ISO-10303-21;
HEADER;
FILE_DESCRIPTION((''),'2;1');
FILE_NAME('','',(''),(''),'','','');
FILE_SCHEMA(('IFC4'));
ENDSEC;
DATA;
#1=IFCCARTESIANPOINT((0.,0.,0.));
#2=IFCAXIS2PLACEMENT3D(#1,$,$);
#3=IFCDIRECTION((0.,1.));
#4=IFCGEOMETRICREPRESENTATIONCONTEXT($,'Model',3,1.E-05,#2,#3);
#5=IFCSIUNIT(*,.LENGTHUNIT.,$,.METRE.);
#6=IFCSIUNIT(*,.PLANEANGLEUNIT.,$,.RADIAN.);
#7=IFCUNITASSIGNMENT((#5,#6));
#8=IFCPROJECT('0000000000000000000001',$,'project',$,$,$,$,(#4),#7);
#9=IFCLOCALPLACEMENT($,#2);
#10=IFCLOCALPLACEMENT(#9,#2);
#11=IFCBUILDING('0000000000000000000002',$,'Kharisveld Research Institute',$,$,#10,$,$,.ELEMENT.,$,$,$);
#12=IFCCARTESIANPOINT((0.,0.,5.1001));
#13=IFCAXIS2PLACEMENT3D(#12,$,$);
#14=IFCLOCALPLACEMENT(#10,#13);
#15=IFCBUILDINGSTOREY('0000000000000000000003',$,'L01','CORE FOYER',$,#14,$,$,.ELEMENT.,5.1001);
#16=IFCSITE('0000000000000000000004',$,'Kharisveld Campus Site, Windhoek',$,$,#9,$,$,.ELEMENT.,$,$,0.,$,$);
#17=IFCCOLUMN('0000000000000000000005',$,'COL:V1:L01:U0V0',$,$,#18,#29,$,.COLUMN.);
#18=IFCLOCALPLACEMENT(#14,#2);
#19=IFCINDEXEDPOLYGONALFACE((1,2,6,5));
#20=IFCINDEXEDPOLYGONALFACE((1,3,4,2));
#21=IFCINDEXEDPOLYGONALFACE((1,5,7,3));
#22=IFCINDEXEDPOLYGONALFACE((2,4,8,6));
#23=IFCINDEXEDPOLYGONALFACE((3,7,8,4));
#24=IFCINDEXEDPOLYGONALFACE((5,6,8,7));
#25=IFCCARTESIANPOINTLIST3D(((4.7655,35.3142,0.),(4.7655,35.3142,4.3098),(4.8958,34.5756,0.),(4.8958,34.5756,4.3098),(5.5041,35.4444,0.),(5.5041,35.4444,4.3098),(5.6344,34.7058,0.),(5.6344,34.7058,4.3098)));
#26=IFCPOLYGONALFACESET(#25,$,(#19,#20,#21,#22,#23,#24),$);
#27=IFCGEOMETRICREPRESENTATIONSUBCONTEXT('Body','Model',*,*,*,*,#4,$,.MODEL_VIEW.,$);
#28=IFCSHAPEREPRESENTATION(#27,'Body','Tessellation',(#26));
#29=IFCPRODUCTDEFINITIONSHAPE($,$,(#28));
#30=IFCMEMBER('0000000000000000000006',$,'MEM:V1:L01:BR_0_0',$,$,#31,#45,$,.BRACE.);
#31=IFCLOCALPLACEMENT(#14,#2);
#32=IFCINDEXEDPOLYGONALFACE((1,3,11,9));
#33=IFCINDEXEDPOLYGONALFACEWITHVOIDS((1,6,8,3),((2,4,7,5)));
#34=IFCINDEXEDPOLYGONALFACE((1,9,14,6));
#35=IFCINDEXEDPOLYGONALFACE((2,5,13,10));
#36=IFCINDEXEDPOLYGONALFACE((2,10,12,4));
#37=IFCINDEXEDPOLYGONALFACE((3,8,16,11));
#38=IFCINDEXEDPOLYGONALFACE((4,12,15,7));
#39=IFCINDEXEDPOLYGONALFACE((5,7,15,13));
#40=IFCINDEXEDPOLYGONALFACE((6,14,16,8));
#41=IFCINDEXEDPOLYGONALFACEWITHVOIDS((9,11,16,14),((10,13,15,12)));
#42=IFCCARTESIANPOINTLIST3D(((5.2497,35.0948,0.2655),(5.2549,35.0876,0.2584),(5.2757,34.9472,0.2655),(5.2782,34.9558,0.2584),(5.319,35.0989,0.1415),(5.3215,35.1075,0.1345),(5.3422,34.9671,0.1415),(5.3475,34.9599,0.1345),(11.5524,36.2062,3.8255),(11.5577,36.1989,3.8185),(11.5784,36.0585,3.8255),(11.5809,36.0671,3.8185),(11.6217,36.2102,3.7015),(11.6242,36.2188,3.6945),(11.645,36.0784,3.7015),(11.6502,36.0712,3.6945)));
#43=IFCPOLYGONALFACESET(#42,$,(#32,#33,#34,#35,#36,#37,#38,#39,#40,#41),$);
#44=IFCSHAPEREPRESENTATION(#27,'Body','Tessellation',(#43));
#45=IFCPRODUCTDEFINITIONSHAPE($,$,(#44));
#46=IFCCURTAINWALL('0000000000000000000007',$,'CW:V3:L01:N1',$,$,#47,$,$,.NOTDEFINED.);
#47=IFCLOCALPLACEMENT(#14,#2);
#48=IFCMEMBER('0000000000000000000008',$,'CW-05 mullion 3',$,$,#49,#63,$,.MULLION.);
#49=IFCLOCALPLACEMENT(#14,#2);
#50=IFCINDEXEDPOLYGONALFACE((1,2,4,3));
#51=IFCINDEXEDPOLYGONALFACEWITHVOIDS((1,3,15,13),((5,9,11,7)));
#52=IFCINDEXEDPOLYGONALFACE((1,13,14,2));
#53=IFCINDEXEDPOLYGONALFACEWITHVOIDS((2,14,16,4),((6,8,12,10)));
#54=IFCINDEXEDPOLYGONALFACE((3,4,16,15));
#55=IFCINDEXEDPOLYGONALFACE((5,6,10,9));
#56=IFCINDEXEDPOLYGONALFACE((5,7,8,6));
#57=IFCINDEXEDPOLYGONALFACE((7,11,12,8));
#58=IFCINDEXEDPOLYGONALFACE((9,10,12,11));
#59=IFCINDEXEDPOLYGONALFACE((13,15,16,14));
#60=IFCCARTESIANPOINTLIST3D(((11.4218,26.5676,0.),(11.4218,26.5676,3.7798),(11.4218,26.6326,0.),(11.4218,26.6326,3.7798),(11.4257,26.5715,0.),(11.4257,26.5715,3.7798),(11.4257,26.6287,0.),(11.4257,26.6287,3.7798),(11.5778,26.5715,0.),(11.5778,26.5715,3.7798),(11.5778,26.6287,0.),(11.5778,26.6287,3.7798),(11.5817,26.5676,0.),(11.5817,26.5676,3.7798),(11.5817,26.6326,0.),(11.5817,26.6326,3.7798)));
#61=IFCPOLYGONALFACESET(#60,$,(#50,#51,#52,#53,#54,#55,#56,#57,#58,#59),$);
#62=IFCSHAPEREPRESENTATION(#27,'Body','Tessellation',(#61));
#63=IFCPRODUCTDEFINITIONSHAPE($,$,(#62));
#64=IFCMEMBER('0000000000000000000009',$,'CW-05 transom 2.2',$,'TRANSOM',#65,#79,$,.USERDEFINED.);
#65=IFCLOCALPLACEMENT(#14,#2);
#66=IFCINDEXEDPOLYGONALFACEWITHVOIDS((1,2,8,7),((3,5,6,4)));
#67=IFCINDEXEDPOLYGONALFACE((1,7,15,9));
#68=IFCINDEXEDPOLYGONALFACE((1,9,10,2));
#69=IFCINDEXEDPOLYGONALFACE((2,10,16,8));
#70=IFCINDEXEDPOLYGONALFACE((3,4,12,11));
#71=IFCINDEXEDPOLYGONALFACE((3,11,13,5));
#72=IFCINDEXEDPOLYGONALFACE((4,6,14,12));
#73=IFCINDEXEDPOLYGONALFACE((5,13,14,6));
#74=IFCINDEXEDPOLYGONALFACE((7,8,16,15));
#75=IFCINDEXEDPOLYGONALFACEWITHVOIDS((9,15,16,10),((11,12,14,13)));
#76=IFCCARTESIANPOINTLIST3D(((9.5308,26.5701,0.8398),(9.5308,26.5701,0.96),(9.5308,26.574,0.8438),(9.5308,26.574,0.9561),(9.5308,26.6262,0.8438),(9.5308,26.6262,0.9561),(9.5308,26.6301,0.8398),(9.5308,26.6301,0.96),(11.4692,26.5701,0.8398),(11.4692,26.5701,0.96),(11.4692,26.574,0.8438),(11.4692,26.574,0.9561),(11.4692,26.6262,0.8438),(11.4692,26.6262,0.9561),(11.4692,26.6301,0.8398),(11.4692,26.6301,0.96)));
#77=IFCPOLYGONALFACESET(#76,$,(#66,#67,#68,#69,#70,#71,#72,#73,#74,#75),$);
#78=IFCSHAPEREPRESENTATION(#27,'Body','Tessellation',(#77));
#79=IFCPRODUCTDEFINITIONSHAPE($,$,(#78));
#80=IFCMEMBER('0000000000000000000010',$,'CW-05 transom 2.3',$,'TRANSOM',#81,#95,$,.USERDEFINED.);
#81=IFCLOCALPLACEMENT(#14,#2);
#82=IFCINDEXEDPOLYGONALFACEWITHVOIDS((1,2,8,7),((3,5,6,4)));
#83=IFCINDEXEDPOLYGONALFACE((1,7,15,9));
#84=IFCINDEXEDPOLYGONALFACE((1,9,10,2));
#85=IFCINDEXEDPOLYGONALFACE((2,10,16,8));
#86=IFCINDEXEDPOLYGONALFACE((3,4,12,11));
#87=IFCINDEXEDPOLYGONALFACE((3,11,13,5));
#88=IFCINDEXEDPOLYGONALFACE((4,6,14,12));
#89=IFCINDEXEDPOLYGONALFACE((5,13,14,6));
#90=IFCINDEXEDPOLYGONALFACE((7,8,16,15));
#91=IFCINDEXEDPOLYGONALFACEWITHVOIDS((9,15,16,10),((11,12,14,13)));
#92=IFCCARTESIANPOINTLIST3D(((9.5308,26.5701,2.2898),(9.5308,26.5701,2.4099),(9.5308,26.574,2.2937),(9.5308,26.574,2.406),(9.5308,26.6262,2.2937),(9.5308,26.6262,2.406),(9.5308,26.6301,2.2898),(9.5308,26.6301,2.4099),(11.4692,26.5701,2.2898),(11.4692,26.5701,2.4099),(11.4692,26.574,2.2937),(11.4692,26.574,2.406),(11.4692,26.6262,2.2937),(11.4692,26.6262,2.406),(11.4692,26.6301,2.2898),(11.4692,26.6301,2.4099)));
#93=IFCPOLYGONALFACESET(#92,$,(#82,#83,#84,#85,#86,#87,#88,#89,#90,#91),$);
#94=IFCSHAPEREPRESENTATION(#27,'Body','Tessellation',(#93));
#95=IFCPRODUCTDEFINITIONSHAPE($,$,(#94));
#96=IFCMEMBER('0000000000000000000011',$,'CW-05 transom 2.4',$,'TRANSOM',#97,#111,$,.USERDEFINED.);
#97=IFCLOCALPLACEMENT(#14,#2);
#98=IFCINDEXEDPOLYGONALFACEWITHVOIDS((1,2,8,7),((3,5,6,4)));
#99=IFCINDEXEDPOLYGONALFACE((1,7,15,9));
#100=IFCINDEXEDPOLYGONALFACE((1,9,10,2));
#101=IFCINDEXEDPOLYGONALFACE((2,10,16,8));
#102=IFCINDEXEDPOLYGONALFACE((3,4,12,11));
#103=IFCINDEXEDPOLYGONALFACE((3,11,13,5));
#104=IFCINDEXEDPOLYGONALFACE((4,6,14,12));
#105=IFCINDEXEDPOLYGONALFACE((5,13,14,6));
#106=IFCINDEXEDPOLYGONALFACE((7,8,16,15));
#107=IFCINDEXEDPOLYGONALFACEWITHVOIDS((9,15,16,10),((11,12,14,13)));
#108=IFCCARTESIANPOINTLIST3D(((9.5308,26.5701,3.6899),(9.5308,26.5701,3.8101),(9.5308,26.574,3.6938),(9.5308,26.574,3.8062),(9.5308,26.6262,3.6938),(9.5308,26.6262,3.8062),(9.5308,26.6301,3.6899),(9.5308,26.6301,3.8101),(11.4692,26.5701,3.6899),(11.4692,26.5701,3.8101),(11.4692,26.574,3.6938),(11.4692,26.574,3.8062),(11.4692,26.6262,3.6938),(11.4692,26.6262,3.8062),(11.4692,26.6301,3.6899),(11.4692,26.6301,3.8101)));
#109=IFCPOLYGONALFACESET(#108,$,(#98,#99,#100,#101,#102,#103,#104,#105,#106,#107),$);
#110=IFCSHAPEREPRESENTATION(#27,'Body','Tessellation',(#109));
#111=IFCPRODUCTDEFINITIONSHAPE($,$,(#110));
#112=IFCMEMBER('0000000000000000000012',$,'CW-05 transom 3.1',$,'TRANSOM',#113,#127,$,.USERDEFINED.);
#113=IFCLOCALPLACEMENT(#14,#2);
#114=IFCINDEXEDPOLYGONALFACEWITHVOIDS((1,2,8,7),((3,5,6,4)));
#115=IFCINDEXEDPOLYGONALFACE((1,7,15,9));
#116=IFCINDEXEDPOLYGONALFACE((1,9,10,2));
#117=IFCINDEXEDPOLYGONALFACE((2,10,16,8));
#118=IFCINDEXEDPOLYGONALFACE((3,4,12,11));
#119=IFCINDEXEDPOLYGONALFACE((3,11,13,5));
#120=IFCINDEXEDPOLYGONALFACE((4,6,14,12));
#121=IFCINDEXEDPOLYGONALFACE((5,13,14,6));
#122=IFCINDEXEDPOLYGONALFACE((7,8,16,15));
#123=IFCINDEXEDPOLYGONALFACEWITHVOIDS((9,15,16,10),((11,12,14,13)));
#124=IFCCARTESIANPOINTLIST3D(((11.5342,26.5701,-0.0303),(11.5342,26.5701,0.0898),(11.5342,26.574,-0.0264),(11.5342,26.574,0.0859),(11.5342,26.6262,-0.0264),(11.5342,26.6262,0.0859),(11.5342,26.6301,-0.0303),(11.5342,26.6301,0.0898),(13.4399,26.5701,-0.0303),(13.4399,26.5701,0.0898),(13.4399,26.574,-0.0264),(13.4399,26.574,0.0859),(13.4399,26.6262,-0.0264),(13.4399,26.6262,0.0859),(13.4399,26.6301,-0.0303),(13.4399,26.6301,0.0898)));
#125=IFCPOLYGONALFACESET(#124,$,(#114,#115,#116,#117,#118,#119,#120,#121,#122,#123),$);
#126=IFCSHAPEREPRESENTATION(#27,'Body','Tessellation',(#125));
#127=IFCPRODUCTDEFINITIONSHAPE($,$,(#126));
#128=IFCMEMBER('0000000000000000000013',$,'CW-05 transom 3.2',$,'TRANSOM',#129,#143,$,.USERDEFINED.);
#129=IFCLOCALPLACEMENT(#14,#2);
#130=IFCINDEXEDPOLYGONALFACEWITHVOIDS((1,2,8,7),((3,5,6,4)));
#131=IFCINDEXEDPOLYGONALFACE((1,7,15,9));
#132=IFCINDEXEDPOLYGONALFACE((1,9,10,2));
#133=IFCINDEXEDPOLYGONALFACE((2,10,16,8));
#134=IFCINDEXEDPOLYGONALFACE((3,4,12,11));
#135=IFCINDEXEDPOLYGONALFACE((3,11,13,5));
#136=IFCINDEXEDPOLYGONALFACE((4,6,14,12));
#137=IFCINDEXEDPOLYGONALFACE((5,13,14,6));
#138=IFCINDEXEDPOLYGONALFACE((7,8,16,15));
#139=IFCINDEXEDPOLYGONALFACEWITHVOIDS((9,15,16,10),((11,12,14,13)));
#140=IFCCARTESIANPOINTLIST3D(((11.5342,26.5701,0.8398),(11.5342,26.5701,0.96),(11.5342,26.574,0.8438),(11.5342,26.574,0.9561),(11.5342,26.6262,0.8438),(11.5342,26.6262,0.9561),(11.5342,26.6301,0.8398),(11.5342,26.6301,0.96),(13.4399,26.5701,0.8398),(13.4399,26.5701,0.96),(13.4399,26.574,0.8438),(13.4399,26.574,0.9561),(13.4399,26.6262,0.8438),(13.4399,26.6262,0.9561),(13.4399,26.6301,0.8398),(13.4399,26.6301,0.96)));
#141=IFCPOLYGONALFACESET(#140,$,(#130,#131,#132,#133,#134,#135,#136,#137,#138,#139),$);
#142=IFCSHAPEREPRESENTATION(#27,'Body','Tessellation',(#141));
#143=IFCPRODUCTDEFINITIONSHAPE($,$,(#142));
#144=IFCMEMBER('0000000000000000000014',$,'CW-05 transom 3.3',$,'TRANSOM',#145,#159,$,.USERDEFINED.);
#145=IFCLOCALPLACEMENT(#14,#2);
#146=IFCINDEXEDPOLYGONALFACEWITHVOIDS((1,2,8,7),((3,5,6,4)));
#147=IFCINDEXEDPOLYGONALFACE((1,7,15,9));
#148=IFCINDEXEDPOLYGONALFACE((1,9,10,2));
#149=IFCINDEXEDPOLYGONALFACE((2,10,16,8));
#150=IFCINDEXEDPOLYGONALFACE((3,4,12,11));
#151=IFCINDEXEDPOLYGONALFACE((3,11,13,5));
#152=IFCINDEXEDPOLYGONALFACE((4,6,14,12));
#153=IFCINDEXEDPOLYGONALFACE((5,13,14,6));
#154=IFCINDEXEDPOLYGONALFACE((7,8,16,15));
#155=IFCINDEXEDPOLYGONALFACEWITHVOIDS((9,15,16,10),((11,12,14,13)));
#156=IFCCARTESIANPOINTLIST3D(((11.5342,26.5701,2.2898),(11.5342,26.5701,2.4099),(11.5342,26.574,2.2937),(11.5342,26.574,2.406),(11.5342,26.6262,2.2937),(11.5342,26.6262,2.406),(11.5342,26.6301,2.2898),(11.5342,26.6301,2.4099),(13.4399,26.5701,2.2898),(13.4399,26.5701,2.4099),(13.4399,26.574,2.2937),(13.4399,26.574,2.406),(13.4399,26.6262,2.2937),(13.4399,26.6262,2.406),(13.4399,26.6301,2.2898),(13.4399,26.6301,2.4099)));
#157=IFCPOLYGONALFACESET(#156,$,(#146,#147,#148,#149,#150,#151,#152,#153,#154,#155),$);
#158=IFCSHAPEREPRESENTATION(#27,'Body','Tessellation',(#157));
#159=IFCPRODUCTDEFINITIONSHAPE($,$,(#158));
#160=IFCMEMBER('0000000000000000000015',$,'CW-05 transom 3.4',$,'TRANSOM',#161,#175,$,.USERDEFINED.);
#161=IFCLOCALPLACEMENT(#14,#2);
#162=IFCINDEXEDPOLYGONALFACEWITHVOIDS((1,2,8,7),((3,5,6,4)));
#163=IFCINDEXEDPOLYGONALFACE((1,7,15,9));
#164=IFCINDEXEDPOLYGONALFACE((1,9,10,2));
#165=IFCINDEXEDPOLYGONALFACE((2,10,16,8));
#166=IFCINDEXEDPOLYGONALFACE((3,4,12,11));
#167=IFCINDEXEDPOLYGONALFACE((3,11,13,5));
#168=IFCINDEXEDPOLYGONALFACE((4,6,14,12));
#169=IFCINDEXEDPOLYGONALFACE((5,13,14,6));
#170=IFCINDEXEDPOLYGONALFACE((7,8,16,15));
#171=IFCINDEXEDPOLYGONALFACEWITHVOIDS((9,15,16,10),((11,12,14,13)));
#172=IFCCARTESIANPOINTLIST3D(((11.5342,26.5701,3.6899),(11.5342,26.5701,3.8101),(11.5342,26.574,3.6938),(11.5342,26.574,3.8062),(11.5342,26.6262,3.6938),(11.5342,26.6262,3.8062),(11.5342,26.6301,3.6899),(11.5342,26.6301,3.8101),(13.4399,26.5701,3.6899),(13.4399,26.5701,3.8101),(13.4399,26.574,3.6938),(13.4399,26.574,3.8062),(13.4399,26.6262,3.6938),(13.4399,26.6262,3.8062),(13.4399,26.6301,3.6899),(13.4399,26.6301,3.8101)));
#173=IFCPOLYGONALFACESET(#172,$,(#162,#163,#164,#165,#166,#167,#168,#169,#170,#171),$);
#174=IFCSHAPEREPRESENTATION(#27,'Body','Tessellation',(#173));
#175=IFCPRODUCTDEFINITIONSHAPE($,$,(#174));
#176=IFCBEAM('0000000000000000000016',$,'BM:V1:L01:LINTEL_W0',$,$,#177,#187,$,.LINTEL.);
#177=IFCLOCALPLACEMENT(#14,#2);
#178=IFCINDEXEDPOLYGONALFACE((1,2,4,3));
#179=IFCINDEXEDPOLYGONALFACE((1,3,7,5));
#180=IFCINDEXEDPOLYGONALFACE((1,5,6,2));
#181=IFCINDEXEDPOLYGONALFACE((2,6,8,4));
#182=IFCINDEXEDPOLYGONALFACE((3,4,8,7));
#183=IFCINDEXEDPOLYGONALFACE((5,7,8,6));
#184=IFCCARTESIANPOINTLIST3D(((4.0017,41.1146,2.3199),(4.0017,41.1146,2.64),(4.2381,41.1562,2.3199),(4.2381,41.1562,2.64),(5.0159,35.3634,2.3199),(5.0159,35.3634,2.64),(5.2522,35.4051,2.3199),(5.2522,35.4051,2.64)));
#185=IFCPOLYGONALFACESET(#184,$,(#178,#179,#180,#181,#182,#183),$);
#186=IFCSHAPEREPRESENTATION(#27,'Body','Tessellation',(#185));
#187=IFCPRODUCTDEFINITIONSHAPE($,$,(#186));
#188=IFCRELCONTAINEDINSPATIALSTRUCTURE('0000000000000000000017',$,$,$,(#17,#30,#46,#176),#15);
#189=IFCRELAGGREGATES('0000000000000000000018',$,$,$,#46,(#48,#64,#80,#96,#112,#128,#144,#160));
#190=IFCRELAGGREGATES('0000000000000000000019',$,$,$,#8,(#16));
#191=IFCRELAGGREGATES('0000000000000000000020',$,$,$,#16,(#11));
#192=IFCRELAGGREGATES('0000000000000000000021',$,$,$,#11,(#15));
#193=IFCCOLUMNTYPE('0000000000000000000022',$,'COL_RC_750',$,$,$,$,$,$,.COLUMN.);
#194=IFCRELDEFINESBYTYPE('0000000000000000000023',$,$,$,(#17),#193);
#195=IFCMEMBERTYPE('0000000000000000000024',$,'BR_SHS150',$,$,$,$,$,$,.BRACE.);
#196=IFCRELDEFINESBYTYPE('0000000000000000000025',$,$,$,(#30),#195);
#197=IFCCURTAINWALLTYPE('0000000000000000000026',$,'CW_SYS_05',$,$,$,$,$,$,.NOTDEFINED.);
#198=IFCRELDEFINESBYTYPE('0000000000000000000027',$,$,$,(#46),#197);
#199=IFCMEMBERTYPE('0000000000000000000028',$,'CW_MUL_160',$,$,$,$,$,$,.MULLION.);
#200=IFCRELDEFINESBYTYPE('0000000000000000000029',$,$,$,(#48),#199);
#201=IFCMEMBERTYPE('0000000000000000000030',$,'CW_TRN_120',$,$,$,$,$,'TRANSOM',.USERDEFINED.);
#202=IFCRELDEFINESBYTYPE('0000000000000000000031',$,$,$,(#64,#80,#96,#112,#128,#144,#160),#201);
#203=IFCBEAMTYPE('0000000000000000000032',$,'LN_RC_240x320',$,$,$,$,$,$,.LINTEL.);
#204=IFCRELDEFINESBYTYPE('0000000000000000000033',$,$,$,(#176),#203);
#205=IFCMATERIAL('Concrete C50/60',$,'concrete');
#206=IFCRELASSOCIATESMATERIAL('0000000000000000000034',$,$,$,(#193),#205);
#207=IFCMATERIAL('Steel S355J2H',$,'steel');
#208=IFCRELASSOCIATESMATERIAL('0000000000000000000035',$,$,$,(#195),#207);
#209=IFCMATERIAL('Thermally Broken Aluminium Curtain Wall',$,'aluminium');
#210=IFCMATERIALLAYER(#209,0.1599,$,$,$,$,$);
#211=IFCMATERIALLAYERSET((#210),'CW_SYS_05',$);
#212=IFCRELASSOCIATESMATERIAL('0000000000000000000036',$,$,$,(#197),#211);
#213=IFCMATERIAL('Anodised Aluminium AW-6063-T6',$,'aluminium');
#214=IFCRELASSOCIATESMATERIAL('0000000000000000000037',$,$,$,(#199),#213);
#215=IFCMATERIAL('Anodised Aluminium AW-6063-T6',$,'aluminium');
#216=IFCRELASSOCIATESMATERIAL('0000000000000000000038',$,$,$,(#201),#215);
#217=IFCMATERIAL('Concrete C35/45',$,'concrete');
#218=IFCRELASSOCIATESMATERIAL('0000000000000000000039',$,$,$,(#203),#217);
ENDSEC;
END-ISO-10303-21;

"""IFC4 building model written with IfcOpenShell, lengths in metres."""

from ifc_helpers import new_model, si_unit, direction, frame, origin, origin_2d, place, context, subcontext, project, spatial, rectangle, hollow_rectangle, extrude, material, layer, layer_set, material_profile, profile_set, type_object, element, aggregate, save


model = new_model("IFC4")

# Units and contexts
model_context = context("Model", 3, precision=1e-05, world=origin(), true_north=direction((0.0, 1.0)))
body_context = subcontext(model_context, "Body", "Model", "MODEL_VIEW")
ifc_project = project(units=[si_unit("LENGTHUNIT", "METRE"), si_unit("PLANEANGLEUNIT", "RADIAN")], contexts=[model_context])

# Site, building, storey
site_placement = place(None, origin())
site = spatial("IfcSite", under=ifc_project, at=site_placement, Name="Kharisveld Campus Site, Windhoek", CompositionType="ELEMENT", RefElevation=0.0)
building_placement = place(site_placement, origin())
building = spatial("IfcBuilding", under=site, at=building_placement, Name="Kharisveld Research Institute", CompositionType="ELEMENT")
storey_placement = place(building_placement, frame((0.0, 0.0, 5.1001)))
storey = spatial("IfcBuildingStorey", under=building, at=storey_placement, Name="L01", Description="CORE FOYER", CompositionType="ELEMENT", Elevation=5.1001)

# Column
ifc_material_1 = material(Name="Concrete C50/60", Category="concrete")
ifc_material_profile_1 = material_profile(ifc_material_1, rectangle(XDim=0.75, YDim=0.75, at=origin_2d()))
ifc_profile_set_1 = profile_set([ifc_material_profile_1], Name="Concrete C50/60")
column_type = type_object("IfcColumnType", Name="COL_RC_750", PredefinedType="COLUMN", material=ifc_profile_set_1)
column_placement = place(storey_placement, frame((5.2, 35.01, 0.0), z_axis=(0.0, 0.0, 1.0), x_axis=(0.984808, 0.173648, 0.0)))
element("IfcColumn", 1, at=column_placement, inside=storey, type_object=column_type, Name="COL:V1:L01:U0V0", PredefinedType="COLUMN", context=body_context, shape_type="SweptSolid", body=[
    extrude(rectangle(XDim=0.75, YDim=0.75, at=origin_2d()), origin(), (0.0, 0.0, 1.0), 4.3098),
])

# Member
ifc_material_2 = material(Name="Steel S355J2H", Category="steel")
ifc_material_profile_2 = material_profile(ifc_material_2, hollow_rectangle(XDim=0.1499, YDim=0.1499, WallThickness=0.0081, at=origin_2d()))
ifc_profile_set_2 = profile_set([ifc_material_profile_2], Name="Steel S355J2H")
member_type_1 = type_object("IfcMemberType", Name="BR_SHS150", PredefinedType="BRACE", material=ifc_profile_set_2)
member_1_placement = place(storey_placement, frame((5.2986, 35.0273, 0.2), z_axis=(0.860619, 0.151748, 0.486115), x_axis=(-0.173646, 0.984808, 0.0)))
element("IfcMember", 2, at=member_1_placement, inside=storey, type_object=member_type_1, Name="MEM:V1:L01:BR_0_0", PredefinedType="BRACE", context=body_context, shape_type="SweptSolid", body=[
    extrude(hollow_rectangle(XDim=0.1499, YDim=0.1499, WallThickness=0.0081, at=origin_2d()), origin(), (0.0, 0.0, 1.0), 7.3235),
])

# Curtain wall, members
ifc_material_3 = material(Name="Thermally Broken Aluminium Curtain Wall", Category="aluminium")
ifc_layer_1 = layer(ifc_material_3, 0.1599)
ifc_layer_set_1 = layer_set([ifc_layer_1], Name="CW_SYS_05")
curtain_wall_type = type_object("IfcCurtainWallType", Name="CW_SYS_05", PredefinedType="NOTDEFINED", material=ifc_layer_set_1)
curtain_wall_placement = place(storey_placement, origin())
curtain_wall = element("IfcCurtainWall", 3, at=curtain_wall_placement, inside=storey, type_object=curtain_wall_type, Name="CW:V3:L01:N1", PredefinedType="NOTDEFINED")
ifc_material_4 = material(Name="Anodised Aluminium AW-6063-T6", Category="aluminium")
ifc_material_profile_3 = material_profile(ifc_material_4, hollow_rectangle(XDim=0.0649, YDim=0.1599, WallThickness=0.0039, at=origin_2d()))
ifc_profile_set_3 = profile_set([ifc_material_profile_3], Name="Anodised Aluminium AW-6063-T6")
member_type_2 = type_object("IfcMemberType", Name="CW_MUL_160", PredefinedType="MULLION", material=ifc_profile_set_3)
member_2_placement = place(storey_placement, frame((11.5017, 26.6001, 0.0), z_axis=(0.0, 0.0, 1.0), x_axis=(0.0, 1.0, 0.0)))
member_2 = element("IfcMember", 4, at=member_2_placement, type_object=member_type_2, Name="CW-05 mullion 3", PredefinedType="MULLION", context=body_context, shape_type="SweptSolid", body=[
    extrude(hollow_rectangle(XDim=0.0649, YDim=0.1599, WallThickness=0.0039, at=origin_2d()), origin(), (0.0, 0.0, 1.0), 3.7798),
])
ifc_material_5 = material(Name="Anodised Aluminium AW-6063-T6", Category="aluminium")
ifc_material_profile_4 = material_profile(ifc_material_5, hollow_rectangle(XDim=0.0601, YDim=0.1201, WallThickness=0.0039, at=origin_2d()))
ifc_profile_set_4 = profile_set([ifc_material_profile_4], Name="Anodised Aluminium AW-6063-T6")
member_type_3 = type_object("IfcMemberType", Name="CW_TRN_120", ElementType="TRANSOM", PredefinedType="USERDEFINED", material=ifc_profile_set_4)
member_3_placement = place(storey_placement, frame((9.5308, 26.6001, 0.8999), z_axis=(1.0, 0.0, 0.0), x_axis=(0.0, 1.0, 0.0)))
member_3 = element("IfcMember", 5, at=member_3_placement, type_object=member_type_3, Name="CW-05 transom 2.2", ObjectType="TRANSOM", PredefinedType="USERDEFINED", context=body_context, shape_type="SweptSolid", body=[
    extrude(hollow_rectangle(XDim=0.0601, YDim=0.1201, WallThickness=0.0039, at=origin_2d()), origin(), (0.0, 0.0, 1.0), 1.9385),
])
member_4_placement = place(storey_placement, frame((9.5308, 26.6001, 2.3499), z_axis=(1.0, 0.0, 0.0), x_axis=(0.0, 1.0, 0.0)))
member_4 = element("IfcMember", 6, at=member_4_placement, type_object=member_type_3, Name="CW-05 transom 2.3", ObjectType="TRANSOM", PredefinedType="USERDEFINED", context=body_context, shape_type="SweptSolid", body=[
    extrude(hollow_rectangle(XDim=0.0601, YDim=0.1201, WallThickness=0.0039, at=origin_2d()), origin(), (0.0, 0.0, 1.0), 1.9385),
])
member_5_placement = place(storey_placement, frame((9.5308, 26.6001, 3.75), z_axis=(1.0, 0.0, 0.0), x_axis=(0.0, 1.0, 0.0)))
member_5 = element("IfcMember", 7, at=member_5_placement, type_object=member_type_3, Name="CW-05 transom 2.4", ObjectType="TRANSOM", PredefinedType="USERDEFINED", context=body_context, shape_type="SweptSolid", body=[
    extrude(hollow_rectangle(XDim=0.0601, YDim=0.1201, WallThickness=0.0039, at=origin_2d()), origin(), (0.0, 0.0, 1.0), 1.9385),
])
member_6_placement = place(storey_placement, frame((11.5342, 26.6001, 0.0298), z_axis=(1.0, 0.0, 0.0), x_axis=(0.0, 1.0, 0.0)))
member_6 = element("IfcMember", 8, at=member_6_placement, type_object=member_type_3, Name="CW-05 transom 3.1", ObjectType="TRANSOM", PredefinedType="USERDEFINED", context=body_context, shape_type="SweptSolid", body=[
    extrude(hollow_rectangle(XDim=0.0601, YDim=0.1201, WallThickness=0.0039, at=origin_2d()), origin(), (0.0, 0.0, 1.0), 1.9058),
])
member_7_placement = place(storey_placement, frame((11.5342, 26.6001, 0.8999), z_axis=(1.0, 0.0, 0.0), x_axis=(0.0, 1.0, 0.0)))
member_7 = element("IfcMember", 9, at=member_7_placement, type_object=member_type_3, Name="CW-05 transom 3.2", ObjectType="TRANSOM", PredefinedType="USERDEFINED", context=body_context, shape_type="SweptSolid", body=[
    extrude(hollow_rectangle(XDim=0.0601, YDim=0.1201, WallThickness=0.0039, at=origin_2d()), origin(), (0.0, 0.0, 1.0), 1.9058),
])
member_8_placement = place(storey_placement, frame((11.5342, 26.6001, 2.3499), z_axis=(1.0, 0.0, 0.0), x_axis=(0.0, 1.0, 0.0)))
member_8 = element("IfcMember", 10, at=member_8_placement, type_object=member_type_3, Name="CW-05 transom 3.3", ObjectType="TRANSOM", PredefinedType="USERDEFINED", context=body_context, shape_type="SweptSolid", body=[
    extrude(hollow_rectangle(XDim=0.0601, YDim=0.1201, WallThickness=0.0039, at=origin_2d()), origin(), (0.0, 0.0, 1.0), 1.9058),
])
member_9_placement = place(storey_placement, frame((11.5342, 26.6001, 3.75), z_axis=(1.0, 0.0, 0.0), x_axis=(0.0, 1.0, 0.0)))
member_9 = element("IfcMember", 11, at=member_9_placement, type_object=member_type_3, Name="CW-05 transom 3.4", ObjectType="TRANSOM", PredefinedType="USERDEFINED", context=body_context, shape_type="SweptSolid", body=[
    extrude(hollow_rectangle(XDim=0.0601, YDim=0.1201, WallThickness=0.0039, at=origin_2d()), origin(), (0.0, 0.0, 1.0), 1.9058),
])

# Beam
ifc_material_6 = material(Name="Concrete C35/45", Category="concrete")
ifc_material_profile_5 = material_profile(ifc_material_6, rectangle(XDim=0.24, YDim=0.3201, at=origin_2d()))
ifc_profile_set_5 = profile_set([ifc_material_profile_5], Name="Concrete C35/45")
beam_type_1 = type_object("IfcBeamType", Name="LN_RC_240x320", PredefinedType="LINTEL", material=ifc_profile_set_5)
beam_placement = place(storey_placement, frame((5.134, 35.3843, 2.48), z_axis=(-0.173659, 0.984806, 0.0), x_axis=(-0.984806, -0.173659, 0.0)))
element("IfcBeam", 12, at=beam_placement, inside=storey, type_object=beam_type_1, Name="BM:V1:L01:LINTEL_W0", PredefinedType="LINTEL", context=body_context, shape_type="SweptSolid", body=[
    extrude(rectangle(XDim=0.24, YDim=0.3201, at=origin_2d()), origin(), (0.0, 0.0, 1.0), 5.8398),
])

aggregate(curtain_wall, [member_2, member_3, member_4, member_5, member_6, member_7, member_8, member_9])

save(model, "model.ifc")
